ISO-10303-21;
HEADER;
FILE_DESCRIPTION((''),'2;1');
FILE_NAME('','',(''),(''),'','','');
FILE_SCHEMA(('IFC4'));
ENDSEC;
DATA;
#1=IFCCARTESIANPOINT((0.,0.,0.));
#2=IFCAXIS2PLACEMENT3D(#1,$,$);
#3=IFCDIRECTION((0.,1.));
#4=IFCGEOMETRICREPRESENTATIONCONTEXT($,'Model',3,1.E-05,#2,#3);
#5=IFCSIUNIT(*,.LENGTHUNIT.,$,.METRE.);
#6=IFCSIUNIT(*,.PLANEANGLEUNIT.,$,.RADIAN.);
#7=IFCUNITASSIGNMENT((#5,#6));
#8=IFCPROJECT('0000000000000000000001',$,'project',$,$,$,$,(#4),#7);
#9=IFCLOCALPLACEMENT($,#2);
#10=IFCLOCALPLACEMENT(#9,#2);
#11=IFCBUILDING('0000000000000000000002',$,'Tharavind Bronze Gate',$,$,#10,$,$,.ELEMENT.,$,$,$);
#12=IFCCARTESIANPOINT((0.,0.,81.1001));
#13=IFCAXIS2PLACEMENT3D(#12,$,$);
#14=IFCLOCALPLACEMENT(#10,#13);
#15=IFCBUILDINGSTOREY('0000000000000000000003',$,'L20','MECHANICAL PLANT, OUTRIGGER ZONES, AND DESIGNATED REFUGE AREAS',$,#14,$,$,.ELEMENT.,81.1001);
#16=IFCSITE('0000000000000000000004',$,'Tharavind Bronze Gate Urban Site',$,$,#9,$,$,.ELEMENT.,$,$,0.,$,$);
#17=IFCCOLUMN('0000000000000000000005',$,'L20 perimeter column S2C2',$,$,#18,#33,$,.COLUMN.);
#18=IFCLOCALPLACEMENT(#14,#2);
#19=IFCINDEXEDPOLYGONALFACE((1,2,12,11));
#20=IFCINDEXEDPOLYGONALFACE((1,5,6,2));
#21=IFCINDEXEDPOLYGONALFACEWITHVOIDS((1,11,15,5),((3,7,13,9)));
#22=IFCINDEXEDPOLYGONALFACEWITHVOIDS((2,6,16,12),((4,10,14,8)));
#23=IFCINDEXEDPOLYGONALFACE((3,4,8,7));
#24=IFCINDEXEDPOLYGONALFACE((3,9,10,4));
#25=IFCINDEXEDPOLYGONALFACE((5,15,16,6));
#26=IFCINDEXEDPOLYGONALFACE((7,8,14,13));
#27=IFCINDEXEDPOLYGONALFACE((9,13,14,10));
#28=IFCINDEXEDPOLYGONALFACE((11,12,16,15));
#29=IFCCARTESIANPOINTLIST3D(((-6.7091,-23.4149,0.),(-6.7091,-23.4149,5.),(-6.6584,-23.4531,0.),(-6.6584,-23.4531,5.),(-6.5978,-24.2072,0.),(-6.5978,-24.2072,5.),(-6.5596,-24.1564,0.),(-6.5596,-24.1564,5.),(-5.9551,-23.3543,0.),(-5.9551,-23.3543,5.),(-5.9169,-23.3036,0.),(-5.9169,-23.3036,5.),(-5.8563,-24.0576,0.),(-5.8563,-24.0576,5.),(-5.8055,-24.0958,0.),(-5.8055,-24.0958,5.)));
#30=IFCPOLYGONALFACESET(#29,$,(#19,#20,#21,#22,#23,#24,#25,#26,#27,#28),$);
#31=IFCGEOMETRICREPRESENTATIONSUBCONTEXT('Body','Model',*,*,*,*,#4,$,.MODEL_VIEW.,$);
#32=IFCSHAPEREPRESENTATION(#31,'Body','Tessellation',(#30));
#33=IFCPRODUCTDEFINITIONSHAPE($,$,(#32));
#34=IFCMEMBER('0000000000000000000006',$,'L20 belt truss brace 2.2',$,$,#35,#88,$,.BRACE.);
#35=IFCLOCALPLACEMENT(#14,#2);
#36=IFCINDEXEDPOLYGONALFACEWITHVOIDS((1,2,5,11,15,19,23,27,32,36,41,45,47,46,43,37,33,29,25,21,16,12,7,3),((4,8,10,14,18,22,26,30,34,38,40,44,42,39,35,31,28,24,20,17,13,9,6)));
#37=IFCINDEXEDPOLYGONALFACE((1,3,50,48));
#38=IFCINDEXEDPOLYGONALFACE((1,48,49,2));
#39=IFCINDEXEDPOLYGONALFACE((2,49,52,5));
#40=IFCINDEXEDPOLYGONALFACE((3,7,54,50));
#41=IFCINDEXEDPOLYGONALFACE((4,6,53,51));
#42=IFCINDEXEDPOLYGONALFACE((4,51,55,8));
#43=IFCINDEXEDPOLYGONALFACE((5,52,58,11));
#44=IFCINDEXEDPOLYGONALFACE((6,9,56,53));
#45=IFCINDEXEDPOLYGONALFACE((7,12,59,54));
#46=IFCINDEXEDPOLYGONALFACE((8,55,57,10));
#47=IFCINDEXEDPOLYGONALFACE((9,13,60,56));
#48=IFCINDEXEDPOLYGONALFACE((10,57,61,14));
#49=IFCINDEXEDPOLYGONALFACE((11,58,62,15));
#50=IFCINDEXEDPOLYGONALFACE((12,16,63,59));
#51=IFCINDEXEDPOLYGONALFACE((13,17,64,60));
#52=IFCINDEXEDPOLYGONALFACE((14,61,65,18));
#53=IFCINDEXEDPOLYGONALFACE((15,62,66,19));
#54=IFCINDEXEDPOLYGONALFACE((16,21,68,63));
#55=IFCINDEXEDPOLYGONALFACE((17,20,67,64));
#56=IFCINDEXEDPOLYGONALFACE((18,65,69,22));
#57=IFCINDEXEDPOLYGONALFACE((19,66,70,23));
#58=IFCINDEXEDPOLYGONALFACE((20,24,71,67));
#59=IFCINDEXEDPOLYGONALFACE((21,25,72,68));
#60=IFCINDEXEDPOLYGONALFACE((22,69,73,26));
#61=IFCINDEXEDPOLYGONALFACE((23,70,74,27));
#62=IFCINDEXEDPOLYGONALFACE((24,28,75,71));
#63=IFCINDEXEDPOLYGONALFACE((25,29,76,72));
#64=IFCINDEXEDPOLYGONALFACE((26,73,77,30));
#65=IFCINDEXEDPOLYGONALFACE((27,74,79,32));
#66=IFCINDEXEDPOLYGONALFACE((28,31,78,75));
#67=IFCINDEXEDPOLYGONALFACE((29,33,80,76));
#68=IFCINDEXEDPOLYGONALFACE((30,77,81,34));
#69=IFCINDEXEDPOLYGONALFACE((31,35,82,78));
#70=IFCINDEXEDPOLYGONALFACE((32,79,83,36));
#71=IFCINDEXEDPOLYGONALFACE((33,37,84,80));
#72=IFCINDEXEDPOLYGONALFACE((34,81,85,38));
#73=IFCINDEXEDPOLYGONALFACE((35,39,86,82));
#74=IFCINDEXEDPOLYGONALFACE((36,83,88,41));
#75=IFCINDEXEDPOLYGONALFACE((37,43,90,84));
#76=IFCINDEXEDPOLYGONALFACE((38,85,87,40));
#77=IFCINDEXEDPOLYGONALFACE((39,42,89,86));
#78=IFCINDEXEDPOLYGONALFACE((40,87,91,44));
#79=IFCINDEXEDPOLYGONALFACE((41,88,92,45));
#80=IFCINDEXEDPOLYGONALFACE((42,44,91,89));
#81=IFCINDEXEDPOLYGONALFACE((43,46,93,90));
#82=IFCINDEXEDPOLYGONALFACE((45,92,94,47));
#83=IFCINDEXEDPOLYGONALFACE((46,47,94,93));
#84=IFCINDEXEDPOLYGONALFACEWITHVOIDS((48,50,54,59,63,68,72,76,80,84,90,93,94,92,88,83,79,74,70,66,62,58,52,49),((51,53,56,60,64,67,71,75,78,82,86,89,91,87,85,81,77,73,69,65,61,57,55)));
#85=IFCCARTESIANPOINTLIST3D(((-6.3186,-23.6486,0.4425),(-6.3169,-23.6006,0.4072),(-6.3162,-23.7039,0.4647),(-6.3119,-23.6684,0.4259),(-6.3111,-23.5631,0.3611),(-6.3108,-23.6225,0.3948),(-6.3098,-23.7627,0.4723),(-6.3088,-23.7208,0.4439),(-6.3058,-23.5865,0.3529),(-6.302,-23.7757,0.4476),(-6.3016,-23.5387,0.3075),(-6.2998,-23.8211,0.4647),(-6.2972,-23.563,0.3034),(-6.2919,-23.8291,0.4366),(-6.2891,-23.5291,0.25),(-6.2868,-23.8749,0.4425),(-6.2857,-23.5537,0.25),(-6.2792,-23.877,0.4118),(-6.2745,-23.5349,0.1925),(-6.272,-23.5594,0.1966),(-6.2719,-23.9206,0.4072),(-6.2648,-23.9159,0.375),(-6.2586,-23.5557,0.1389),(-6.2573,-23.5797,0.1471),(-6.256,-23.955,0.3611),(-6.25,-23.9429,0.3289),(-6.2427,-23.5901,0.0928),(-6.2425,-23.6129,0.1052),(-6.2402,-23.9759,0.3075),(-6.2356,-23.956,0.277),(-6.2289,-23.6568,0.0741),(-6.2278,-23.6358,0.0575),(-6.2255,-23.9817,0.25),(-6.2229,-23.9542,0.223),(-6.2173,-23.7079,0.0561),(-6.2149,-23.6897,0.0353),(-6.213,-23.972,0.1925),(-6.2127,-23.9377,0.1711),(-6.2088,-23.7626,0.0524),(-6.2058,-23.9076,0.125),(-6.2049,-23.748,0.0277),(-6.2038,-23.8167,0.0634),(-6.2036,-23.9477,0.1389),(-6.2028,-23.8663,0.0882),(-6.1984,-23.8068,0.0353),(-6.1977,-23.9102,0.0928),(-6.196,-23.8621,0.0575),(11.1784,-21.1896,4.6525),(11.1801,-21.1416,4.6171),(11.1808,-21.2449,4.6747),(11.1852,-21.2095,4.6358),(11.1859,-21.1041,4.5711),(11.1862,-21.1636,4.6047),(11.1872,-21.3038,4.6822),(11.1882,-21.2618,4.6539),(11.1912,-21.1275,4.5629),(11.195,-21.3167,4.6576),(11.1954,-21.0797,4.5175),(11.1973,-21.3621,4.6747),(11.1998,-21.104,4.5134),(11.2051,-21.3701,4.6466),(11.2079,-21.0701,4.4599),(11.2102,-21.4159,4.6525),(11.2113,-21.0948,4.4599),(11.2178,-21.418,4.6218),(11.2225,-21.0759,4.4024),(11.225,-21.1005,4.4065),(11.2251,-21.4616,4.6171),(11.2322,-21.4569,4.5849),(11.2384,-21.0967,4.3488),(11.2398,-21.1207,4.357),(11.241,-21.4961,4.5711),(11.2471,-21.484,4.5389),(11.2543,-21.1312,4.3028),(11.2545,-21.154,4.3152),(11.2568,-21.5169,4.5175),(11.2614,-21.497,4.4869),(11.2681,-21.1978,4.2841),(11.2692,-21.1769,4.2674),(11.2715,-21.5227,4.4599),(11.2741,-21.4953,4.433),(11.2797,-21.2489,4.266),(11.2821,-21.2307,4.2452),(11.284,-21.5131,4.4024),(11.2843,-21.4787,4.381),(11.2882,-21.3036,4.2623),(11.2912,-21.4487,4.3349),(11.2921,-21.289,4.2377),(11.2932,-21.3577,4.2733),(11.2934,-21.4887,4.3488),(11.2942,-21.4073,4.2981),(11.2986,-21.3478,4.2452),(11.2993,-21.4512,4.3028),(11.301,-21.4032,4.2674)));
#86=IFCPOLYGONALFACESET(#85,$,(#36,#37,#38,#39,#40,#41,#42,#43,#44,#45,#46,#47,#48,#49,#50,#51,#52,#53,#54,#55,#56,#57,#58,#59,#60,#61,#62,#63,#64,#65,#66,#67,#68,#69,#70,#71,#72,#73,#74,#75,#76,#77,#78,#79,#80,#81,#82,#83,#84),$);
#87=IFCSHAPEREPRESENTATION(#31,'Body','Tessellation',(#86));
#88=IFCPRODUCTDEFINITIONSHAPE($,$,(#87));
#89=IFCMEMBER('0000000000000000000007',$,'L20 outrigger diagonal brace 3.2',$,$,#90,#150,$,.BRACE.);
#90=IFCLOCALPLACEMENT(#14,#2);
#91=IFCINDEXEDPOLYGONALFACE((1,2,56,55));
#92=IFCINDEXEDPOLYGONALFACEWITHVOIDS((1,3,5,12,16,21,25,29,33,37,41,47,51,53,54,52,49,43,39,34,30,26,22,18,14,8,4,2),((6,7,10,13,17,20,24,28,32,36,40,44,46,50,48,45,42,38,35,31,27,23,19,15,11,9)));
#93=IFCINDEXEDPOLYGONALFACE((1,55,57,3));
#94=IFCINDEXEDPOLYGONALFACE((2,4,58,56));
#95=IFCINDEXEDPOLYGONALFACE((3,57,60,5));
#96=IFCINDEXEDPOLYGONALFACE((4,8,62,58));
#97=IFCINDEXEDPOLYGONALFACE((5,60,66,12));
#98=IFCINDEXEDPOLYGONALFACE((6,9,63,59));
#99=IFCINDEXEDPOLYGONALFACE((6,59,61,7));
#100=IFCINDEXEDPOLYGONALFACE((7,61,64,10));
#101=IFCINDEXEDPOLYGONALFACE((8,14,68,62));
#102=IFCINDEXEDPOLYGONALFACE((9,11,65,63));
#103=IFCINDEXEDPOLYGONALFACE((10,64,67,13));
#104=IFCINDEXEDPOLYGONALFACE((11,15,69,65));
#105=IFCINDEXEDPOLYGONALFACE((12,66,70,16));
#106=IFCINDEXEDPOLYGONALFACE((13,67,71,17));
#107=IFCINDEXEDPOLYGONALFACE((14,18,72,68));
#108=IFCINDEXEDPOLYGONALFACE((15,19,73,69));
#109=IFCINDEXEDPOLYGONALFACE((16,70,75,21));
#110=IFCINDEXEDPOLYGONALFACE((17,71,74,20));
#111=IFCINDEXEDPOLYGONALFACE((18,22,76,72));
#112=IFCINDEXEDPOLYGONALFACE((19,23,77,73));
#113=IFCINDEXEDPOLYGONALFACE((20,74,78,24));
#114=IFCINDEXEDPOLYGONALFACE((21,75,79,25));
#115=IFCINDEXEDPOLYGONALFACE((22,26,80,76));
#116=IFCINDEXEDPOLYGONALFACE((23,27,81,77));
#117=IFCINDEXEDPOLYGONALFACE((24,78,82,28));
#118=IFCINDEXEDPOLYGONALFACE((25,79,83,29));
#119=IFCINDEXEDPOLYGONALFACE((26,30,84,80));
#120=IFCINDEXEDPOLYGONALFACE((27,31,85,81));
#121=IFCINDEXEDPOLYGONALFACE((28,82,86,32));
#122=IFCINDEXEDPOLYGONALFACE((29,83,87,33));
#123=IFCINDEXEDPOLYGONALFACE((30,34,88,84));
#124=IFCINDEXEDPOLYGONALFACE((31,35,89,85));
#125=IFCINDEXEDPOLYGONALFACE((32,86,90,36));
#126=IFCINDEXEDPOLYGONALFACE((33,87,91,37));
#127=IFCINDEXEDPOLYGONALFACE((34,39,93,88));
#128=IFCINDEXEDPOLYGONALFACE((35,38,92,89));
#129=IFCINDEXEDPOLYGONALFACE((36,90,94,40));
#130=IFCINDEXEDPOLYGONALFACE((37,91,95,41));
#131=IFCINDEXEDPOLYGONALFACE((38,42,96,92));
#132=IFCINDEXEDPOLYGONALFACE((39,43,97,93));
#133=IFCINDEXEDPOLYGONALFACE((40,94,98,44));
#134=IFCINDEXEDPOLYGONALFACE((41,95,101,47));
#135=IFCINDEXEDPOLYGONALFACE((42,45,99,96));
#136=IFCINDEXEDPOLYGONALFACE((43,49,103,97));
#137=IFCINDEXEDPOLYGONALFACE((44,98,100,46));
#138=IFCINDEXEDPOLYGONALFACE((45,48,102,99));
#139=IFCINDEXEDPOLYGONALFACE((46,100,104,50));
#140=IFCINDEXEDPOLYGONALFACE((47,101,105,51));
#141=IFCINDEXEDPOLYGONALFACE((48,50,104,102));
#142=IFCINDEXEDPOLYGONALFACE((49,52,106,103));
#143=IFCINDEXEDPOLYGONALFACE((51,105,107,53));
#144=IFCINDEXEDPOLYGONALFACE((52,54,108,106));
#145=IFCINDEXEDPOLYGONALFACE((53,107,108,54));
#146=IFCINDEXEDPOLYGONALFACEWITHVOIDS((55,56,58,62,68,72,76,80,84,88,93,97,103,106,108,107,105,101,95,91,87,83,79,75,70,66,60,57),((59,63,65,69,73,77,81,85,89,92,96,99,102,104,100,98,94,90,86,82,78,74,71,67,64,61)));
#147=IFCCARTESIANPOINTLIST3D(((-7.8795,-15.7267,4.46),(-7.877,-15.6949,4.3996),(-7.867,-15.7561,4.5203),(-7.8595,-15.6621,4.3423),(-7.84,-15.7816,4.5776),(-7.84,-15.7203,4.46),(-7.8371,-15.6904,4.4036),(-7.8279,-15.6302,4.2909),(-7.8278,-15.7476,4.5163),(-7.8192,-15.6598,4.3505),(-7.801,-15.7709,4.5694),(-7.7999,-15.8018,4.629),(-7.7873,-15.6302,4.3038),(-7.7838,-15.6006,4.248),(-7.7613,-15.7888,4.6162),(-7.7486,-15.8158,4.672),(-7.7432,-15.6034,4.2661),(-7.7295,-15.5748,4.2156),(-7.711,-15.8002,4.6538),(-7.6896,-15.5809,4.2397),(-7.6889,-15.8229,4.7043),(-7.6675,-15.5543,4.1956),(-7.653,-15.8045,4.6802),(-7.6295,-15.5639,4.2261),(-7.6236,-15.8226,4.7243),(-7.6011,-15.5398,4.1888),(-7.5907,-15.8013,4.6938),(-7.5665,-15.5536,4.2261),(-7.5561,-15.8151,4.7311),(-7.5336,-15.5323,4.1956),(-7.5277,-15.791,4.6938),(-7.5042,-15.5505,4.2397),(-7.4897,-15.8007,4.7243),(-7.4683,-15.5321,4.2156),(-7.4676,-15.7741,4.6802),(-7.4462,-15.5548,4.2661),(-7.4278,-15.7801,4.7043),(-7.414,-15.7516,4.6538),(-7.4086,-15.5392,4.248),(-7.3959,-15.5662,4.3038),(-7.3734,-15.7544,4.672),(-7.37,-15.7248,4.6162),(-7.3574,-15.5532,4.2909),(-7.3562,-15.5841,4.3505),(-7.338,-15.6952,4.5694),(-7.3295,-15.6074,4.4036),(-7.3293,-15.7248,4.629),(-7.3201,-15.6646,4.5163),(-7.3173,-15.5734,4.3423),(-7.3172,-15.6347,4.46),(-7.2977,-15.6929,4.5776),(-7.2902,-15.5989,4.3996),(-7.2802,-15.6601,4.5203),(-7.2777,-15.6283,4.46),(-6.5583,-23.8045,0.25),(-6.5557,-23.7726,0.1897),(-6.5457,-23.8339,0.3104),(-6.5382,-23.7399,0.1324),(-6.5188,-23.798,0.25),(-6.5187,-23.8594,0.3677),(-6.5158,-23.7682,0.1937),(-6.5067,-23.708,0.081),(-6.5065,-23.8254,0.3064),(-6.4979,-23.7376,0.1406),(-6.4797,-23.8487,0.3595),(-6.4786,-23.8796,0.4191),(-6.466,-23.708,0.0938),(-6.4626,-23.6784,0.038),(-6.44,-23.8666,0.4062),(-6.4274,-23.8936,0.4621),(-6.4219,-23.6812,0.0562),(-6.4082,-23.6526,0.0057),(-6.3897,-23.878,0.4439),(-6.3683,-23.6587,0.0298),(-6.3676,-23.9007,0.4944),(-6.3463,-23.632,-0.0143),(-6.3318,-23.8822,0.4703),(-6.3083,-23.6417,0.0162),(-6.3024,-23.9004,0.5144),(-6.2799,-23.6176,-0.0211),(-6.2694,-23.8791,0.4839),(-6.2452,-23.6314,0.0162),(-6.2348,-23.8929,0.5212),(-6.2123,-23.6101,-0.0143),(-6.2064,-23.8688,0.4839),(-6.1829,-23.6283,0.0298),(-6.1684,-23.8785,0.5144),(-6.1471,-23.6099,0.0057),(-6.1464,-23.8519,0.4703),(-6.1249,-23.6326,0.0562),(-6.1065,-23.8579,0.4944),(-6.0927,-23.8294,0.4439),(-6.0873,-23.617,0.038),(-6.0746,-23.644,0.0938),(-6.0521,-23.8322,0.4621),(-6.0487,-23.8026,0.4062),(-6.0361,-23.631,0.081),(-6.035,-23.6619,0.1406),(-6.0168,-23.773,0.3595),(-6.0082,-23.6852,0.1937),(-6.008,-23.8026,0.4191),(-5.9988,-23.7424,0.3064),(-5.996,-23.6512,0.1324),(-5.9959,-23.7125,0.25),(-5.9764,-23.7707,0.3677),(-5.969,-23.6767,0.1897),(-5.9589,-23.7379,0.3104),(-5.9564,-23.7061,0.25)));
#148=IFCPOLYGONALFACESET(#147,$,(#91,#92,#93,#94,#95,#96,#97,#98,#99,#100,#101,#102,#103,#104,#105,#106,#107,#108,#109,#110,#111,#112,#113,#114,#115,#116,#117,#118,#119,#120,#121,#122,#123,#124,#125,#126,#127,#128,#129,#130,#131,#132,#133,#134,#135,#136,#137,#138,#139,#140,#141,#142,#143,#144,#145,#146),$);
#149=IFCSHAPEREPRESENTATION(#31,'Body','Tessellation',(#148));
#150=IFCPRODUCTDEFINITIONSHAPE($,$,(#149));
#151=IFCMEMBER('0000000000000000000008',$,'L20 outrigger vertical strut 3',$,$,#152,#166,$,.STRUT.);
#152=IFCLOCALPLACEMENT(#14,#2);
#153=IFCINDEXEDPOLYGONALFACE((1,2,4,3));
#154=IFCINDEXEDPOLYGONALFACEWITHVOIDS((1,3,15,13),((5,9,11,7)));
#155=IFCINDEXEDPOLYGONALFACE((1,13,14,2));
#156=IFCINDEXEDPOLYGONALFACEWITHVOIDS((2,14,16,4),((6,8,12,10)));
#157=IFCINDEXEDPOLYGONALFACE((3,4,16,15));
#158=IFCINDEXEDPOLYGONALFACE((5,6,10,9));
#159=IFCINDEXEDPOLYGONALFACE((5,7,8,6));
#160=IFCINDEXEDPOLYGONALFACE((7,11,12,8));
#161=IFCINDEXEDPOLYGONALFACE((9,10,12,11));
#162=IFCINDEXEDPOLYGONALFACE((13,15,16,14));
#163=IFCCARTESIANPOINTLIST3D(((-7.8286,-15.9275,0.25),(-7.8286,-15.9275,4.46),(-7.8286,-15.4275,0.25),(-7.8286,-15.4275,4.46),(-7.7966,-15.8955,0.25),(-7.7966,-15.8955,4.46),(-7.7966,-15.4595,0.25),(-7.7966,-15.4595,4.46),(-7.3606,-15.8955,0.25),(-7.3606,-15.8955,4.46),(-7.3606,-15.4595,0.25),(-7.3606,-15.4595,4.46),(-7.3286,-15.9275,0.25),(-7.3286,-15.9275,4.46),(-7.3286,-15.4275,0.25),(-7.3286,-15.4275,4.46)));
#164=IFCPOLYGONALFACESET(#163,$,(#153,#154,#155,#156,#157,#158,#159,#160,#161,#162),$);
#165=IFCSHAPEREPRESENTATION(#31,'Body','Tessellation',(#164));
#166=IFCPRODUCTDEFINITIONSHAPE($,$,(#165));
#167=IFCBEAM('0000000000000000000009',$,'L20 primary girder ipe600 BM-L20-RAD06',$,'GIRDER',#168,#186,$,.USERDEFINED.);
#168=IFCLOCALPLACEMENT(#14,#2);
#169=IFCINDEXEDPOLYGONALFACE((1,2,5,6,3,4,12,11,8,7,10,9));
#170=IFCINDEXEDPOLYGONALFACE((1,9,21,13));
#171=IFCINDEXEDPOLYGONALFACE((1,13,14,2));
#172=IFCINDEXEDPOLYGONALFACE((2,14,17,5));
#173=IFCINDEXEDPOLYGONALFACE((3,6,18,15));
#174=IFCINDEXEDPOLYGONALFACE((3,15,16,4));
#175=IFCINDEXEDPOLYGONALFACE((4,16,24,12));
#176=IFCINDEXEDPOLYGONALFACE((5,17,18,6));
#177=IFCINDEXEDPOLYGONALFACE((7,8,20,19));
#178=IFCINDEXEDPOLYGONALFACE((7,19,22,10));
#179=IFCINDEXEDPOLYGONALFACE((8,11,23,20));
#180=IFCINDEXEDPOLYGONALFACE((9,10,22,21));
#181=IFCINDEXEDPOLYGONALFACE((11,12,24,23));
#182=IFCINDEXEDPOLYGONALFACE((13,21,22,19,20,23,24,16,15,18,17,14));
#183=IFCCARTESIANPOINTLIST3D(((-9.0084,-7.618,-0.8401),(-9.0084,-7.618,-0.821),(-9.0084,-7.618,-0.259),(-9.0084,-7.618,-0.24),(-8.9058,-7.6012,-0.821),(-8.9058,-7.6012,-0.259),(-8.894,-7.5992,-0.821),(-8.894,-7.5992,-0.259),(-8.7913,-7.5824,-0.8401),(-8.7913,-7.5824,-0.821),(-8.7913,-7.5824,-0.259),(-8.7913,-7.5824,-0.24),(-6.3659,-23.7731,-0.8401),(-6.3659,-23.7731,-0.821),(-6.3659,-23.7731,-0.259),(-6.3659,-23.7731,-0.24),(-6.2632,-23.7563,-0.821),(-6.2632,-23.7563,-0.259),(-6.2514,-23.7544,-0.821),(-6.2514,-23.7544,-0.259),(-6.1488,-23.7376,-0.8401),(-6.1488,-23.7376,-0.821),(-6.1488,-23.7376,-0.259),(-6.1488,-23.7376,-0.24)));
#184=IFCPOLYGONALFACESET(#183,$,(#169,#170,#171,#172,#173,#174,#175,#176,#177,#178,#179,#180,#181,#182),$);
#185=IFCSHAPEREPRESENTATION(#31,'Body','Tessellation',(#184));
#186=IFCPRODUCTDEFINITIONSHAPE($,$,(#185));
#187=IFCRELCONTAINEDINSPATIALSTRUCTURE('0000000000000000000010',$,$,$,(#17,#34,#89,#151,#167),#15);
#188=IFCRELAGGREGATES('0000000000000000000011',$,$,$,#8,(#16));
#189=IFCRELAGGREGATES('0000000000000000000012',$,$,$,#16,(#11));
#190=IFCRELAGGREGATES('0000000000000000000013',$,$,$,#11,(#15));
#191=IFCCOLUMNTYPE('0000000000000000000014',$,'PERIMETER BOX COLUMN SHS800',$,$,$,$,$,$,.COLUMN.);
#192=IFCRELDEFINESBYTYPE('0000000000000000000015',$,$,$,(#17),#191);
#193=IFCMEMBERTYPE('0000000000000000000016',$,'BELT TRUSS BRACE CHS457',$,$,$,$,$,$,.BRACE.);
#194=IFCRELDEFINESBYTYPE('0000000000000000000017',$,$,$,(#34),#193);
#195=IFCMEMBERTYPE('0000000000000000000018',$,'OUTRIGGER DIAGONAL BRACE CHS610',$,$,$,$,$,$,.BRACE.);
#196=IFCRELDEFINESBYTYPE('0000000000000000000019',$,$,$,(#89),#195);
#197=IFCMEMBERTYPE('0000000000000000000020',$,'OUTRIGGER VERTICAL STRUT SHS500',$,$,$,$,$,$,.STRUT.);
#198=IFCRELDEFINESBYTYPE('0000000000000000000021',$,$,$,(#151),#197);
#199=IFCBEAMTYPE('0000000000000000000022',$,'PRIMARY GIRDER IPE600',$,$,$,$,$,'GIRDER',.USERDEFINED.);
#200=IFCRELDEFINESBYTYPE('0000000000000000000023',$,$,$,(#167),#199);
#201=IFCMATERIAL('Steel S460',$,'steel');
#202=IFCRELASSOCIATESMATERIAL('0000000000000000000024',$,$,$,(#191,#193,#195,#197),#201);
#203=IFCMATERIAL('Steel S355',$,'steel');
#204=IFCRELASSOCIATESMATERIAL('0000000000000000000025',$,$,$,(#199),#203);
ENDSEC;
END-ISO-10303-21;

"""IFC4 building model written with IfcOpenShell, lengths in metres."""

from ifc_helpers import new_model, si_unit, direction, frame, origin, origin_2d, place, context, subcontext, project, spatial, hollow_rectangle, hollow_circle, i_section, extrude, material, material_profile, profile_set, type_object, element, save


model = new_model("IFC4")

# Units and contexts
model_context = context("Model", 3, precision=1e-05, world=origin(), true_north=direction((0.0, 1.0)))
body_context = subcontext(model_context, "Body", "Model", "MODEL_VIEW")
ifc_project = project(units=[si_unit("LENGTHUNIT", "METRE"), si_unit("PLANEANGLEUNIT", "RADIAN")], contexts=[model_context])

# Site, building, storey
site_placement = place(None, origin())
site = spatial("IfcSite", under=ifc_project, at=site_placement, Name="Tharavind Bronze Gate Urban Site", CompositionType="ELEMENT", RefElevation=0.0)
building_placement = place(site_placement, origin())
building = spatial("IfcBuilding", under=site, at=building_placement, Name="Tharavind Bronze Gate", CompositionType="ELEMENT")
storey_placement = place(building_placement, frame((0.0, 0.0, 81.1001)))
storey = spatial("IfcBuildingStorey", under=building, at=storey_placement, Name="L20", Description="MECHANICAL PLANT, OUTRIGGER ZONES, AND DESIGNATED REFUGE AREAS", CompositionType="ELEMENT", Elevation=81.1001)

# Column
ifc_material_1 = material(Name="Steel S460", Category="steel")
ifc_material_profile_1 = material_profile(ifc_material_1, hollow_rectangle(XDim=0.8, YDim=0.8, WallThickness=0.0449, at=origin_2d()), Name="SHS800X45")
ifc_profile_set_1 = profile_set([ifc_material_profile_1], Name="Steel S460")
column_type = type_object("IfcColumnType", Name="PERIMETER BOX COLUMN SHS800", PredefinedType="COLUMN", material=ifc_profile_set_1)
column_placement = place(storey_placement, frame((-6.2573, -23.7554, 0.0), z_axis=(0.0, 0.0, 1.0), x_axis=(0.990268, 0.139173, 0.0)))
element("IfcColumn", 1, at=column_placement, inside=storey, type_object=column_type, Name="L20 perimeter column S2C2", PredefinedType="COLUMN", context=body_context, shape_type="SweptSolid", body=[
    extrude(hollow_rectangle(XDim=0.8, YDim=0.8, WallThickness=0.0449, at=origin_2d()), origin(), (0.0, 0.0, 1.0), 5.0),
])

# Members
ifc_material_profile_2 = material_profile(ifc_material_1, hollow_circle(Radius=0.2285, WallThickness=0.0249, at=origin_2d()), Name="CHS457X25")
ifc_profile_set_2 = profile_set([ifc_material_profile_2], Name="Steel S460")
member_type_1 = type_object("IfcMemberType", Name="BELT TRUSS BRACE CHS457", PredefinedType="BRACE", material=ifc_profile_set_2)
member_1_placement = place(storey_placement, frame((-6.2573, -23.7554, 0.25), z_axis=(0.963302, 0.135379, 0.23178), x_axis=(-0.139169, 0.990269, 0.0)))
element("IfcMember", 2, at=member_1_placement, inside=storey, type_object=member_type_1, Name="L20 belt truss brace 2.2", PredefinedType="BRACE", context=body_context, shape_type="SweptSolid", body=[
    extrude(hollow_circle(Radius=0.2285, WallThickness=0.0249, at=origin_2d()), origin(), (0.0, 0.0, 1.0), 18.1636),
])
ifc_material_profile_3 = material_profile(ifc_material_1, hollow_circle(Radius=0.3049, WallThickness=0.04, at=origin_2d()), Name="CHS610X40")
ifc_profile_set_3 = profile_set([ifc_material_profile_3], Name="Steel S460")
member_type_2 = type_object("IfcMemberType", Name="OUTRIGGER DIAGONAL BRACE CHS610", PredefinedType="BRACE", material=ifc_profile_set_3)
member_2_placement = place(storey_placement, frame((-7.5786, -15.6775, 4.46), z_axis=(0.143549, -0.877607, -0.457384), x_axis=(0.986885, 0.161424, 0.0)))
element("IfcMember", 3, at=member_2_placement, inside=storey, type_object=member_type_2, Name="L20 outrigger diagonal brace 3.2", PredefinedType="BRACE", context=body_context, shape_type="SweptSolid", body=[
    extrude(hollow_circle(Radius=0.3049, WallThickness=0.04, at=origin_2d()), origin(), (0.0, 0.0, 1.0), 9.2043),
])
ifc_material_profile_4 = material_profile(ifc_material_1, hollow_rectangle(XDim=0.5, YDim=0.5, WallThickness=0.032, at=origin_2d()), Name="SHS500X32")
ifc_profile_set_4 = profile_set([ifc_material_profile_4], Name="Steel S460")
member_type_3 = type_object("IfcMemberType", Name="OUTRIGGER VERTICAL STRUT SHS500", PredefinedType="STRUT", material=ifc_profile_set_4)
member_3_placement = place(storey_placement, frame((-7.5786, -15.6775, 0.25), z_axis=(0.0, 0.0, 1.0), x_axis=(1.0, 0.0, 0.0)))
element("IfcMember", 4, at=member_3_placement, inside=storey, type_object=member_type_3, Name="L20 outrigger vertical strut 3", PredefinedType="STRUT", context=body_context, shape_type="SweptSolid", body=[
    extrude(hollow_rectangle(XDim=0.5, YDim=0.5, WallThickness=0.032, at=origin_2d()), origin(), (0.0, 0.0, 1.0), 4.21),
])

# Beam
ifc_material_2 = material(Name="Steel S355", Category="steel")
ifc_material_profile_5 = material_profile(ifc_material_2, i_section(OverallWidth=0.22, OverallDepth=0.6001, WebThickness=0.012, FlangeThickness=0.019, at=origin_2d()), Name="IPE600")
ifc_profile_set_5 = profile_set([ifc_material_profile_5], Name="Steel S355")
beam_type_1 = type_object("IfcBeamType", Name="PRIMARY GIRDER IPE600", ElementType="GIRDER", PredefinedType="USERDEFINED", material=ifc_profile_set_5)
beam_1_placement = place(storey_placement, frame((-6.2573, -23.7554, -0.54), z_axis=(-0.161428, 0.986884, 0.0), x_axis=(-0.986884, -0.161428, 0.0)))
element("IfcBeam", 5, at=beam_1_placement, inside=storey, type_object=beam_type_1, Name="L20 primary girder ipe600 BM-L20-RAD06", ObjectType="GIRDER", PredefinedType="USERDEFINED", context=body_context, shape_type="SweptSolid", body=[
    extrude(i_section(OverallWidth=0.22, OverallDepth=0.6001, WebThickness=0.012, FlangeThickness=0.019, at=origin_2d()), origin(), (0.0, 0.0, 1.0), 16.3699),
])

save(model, "model.ifc")
